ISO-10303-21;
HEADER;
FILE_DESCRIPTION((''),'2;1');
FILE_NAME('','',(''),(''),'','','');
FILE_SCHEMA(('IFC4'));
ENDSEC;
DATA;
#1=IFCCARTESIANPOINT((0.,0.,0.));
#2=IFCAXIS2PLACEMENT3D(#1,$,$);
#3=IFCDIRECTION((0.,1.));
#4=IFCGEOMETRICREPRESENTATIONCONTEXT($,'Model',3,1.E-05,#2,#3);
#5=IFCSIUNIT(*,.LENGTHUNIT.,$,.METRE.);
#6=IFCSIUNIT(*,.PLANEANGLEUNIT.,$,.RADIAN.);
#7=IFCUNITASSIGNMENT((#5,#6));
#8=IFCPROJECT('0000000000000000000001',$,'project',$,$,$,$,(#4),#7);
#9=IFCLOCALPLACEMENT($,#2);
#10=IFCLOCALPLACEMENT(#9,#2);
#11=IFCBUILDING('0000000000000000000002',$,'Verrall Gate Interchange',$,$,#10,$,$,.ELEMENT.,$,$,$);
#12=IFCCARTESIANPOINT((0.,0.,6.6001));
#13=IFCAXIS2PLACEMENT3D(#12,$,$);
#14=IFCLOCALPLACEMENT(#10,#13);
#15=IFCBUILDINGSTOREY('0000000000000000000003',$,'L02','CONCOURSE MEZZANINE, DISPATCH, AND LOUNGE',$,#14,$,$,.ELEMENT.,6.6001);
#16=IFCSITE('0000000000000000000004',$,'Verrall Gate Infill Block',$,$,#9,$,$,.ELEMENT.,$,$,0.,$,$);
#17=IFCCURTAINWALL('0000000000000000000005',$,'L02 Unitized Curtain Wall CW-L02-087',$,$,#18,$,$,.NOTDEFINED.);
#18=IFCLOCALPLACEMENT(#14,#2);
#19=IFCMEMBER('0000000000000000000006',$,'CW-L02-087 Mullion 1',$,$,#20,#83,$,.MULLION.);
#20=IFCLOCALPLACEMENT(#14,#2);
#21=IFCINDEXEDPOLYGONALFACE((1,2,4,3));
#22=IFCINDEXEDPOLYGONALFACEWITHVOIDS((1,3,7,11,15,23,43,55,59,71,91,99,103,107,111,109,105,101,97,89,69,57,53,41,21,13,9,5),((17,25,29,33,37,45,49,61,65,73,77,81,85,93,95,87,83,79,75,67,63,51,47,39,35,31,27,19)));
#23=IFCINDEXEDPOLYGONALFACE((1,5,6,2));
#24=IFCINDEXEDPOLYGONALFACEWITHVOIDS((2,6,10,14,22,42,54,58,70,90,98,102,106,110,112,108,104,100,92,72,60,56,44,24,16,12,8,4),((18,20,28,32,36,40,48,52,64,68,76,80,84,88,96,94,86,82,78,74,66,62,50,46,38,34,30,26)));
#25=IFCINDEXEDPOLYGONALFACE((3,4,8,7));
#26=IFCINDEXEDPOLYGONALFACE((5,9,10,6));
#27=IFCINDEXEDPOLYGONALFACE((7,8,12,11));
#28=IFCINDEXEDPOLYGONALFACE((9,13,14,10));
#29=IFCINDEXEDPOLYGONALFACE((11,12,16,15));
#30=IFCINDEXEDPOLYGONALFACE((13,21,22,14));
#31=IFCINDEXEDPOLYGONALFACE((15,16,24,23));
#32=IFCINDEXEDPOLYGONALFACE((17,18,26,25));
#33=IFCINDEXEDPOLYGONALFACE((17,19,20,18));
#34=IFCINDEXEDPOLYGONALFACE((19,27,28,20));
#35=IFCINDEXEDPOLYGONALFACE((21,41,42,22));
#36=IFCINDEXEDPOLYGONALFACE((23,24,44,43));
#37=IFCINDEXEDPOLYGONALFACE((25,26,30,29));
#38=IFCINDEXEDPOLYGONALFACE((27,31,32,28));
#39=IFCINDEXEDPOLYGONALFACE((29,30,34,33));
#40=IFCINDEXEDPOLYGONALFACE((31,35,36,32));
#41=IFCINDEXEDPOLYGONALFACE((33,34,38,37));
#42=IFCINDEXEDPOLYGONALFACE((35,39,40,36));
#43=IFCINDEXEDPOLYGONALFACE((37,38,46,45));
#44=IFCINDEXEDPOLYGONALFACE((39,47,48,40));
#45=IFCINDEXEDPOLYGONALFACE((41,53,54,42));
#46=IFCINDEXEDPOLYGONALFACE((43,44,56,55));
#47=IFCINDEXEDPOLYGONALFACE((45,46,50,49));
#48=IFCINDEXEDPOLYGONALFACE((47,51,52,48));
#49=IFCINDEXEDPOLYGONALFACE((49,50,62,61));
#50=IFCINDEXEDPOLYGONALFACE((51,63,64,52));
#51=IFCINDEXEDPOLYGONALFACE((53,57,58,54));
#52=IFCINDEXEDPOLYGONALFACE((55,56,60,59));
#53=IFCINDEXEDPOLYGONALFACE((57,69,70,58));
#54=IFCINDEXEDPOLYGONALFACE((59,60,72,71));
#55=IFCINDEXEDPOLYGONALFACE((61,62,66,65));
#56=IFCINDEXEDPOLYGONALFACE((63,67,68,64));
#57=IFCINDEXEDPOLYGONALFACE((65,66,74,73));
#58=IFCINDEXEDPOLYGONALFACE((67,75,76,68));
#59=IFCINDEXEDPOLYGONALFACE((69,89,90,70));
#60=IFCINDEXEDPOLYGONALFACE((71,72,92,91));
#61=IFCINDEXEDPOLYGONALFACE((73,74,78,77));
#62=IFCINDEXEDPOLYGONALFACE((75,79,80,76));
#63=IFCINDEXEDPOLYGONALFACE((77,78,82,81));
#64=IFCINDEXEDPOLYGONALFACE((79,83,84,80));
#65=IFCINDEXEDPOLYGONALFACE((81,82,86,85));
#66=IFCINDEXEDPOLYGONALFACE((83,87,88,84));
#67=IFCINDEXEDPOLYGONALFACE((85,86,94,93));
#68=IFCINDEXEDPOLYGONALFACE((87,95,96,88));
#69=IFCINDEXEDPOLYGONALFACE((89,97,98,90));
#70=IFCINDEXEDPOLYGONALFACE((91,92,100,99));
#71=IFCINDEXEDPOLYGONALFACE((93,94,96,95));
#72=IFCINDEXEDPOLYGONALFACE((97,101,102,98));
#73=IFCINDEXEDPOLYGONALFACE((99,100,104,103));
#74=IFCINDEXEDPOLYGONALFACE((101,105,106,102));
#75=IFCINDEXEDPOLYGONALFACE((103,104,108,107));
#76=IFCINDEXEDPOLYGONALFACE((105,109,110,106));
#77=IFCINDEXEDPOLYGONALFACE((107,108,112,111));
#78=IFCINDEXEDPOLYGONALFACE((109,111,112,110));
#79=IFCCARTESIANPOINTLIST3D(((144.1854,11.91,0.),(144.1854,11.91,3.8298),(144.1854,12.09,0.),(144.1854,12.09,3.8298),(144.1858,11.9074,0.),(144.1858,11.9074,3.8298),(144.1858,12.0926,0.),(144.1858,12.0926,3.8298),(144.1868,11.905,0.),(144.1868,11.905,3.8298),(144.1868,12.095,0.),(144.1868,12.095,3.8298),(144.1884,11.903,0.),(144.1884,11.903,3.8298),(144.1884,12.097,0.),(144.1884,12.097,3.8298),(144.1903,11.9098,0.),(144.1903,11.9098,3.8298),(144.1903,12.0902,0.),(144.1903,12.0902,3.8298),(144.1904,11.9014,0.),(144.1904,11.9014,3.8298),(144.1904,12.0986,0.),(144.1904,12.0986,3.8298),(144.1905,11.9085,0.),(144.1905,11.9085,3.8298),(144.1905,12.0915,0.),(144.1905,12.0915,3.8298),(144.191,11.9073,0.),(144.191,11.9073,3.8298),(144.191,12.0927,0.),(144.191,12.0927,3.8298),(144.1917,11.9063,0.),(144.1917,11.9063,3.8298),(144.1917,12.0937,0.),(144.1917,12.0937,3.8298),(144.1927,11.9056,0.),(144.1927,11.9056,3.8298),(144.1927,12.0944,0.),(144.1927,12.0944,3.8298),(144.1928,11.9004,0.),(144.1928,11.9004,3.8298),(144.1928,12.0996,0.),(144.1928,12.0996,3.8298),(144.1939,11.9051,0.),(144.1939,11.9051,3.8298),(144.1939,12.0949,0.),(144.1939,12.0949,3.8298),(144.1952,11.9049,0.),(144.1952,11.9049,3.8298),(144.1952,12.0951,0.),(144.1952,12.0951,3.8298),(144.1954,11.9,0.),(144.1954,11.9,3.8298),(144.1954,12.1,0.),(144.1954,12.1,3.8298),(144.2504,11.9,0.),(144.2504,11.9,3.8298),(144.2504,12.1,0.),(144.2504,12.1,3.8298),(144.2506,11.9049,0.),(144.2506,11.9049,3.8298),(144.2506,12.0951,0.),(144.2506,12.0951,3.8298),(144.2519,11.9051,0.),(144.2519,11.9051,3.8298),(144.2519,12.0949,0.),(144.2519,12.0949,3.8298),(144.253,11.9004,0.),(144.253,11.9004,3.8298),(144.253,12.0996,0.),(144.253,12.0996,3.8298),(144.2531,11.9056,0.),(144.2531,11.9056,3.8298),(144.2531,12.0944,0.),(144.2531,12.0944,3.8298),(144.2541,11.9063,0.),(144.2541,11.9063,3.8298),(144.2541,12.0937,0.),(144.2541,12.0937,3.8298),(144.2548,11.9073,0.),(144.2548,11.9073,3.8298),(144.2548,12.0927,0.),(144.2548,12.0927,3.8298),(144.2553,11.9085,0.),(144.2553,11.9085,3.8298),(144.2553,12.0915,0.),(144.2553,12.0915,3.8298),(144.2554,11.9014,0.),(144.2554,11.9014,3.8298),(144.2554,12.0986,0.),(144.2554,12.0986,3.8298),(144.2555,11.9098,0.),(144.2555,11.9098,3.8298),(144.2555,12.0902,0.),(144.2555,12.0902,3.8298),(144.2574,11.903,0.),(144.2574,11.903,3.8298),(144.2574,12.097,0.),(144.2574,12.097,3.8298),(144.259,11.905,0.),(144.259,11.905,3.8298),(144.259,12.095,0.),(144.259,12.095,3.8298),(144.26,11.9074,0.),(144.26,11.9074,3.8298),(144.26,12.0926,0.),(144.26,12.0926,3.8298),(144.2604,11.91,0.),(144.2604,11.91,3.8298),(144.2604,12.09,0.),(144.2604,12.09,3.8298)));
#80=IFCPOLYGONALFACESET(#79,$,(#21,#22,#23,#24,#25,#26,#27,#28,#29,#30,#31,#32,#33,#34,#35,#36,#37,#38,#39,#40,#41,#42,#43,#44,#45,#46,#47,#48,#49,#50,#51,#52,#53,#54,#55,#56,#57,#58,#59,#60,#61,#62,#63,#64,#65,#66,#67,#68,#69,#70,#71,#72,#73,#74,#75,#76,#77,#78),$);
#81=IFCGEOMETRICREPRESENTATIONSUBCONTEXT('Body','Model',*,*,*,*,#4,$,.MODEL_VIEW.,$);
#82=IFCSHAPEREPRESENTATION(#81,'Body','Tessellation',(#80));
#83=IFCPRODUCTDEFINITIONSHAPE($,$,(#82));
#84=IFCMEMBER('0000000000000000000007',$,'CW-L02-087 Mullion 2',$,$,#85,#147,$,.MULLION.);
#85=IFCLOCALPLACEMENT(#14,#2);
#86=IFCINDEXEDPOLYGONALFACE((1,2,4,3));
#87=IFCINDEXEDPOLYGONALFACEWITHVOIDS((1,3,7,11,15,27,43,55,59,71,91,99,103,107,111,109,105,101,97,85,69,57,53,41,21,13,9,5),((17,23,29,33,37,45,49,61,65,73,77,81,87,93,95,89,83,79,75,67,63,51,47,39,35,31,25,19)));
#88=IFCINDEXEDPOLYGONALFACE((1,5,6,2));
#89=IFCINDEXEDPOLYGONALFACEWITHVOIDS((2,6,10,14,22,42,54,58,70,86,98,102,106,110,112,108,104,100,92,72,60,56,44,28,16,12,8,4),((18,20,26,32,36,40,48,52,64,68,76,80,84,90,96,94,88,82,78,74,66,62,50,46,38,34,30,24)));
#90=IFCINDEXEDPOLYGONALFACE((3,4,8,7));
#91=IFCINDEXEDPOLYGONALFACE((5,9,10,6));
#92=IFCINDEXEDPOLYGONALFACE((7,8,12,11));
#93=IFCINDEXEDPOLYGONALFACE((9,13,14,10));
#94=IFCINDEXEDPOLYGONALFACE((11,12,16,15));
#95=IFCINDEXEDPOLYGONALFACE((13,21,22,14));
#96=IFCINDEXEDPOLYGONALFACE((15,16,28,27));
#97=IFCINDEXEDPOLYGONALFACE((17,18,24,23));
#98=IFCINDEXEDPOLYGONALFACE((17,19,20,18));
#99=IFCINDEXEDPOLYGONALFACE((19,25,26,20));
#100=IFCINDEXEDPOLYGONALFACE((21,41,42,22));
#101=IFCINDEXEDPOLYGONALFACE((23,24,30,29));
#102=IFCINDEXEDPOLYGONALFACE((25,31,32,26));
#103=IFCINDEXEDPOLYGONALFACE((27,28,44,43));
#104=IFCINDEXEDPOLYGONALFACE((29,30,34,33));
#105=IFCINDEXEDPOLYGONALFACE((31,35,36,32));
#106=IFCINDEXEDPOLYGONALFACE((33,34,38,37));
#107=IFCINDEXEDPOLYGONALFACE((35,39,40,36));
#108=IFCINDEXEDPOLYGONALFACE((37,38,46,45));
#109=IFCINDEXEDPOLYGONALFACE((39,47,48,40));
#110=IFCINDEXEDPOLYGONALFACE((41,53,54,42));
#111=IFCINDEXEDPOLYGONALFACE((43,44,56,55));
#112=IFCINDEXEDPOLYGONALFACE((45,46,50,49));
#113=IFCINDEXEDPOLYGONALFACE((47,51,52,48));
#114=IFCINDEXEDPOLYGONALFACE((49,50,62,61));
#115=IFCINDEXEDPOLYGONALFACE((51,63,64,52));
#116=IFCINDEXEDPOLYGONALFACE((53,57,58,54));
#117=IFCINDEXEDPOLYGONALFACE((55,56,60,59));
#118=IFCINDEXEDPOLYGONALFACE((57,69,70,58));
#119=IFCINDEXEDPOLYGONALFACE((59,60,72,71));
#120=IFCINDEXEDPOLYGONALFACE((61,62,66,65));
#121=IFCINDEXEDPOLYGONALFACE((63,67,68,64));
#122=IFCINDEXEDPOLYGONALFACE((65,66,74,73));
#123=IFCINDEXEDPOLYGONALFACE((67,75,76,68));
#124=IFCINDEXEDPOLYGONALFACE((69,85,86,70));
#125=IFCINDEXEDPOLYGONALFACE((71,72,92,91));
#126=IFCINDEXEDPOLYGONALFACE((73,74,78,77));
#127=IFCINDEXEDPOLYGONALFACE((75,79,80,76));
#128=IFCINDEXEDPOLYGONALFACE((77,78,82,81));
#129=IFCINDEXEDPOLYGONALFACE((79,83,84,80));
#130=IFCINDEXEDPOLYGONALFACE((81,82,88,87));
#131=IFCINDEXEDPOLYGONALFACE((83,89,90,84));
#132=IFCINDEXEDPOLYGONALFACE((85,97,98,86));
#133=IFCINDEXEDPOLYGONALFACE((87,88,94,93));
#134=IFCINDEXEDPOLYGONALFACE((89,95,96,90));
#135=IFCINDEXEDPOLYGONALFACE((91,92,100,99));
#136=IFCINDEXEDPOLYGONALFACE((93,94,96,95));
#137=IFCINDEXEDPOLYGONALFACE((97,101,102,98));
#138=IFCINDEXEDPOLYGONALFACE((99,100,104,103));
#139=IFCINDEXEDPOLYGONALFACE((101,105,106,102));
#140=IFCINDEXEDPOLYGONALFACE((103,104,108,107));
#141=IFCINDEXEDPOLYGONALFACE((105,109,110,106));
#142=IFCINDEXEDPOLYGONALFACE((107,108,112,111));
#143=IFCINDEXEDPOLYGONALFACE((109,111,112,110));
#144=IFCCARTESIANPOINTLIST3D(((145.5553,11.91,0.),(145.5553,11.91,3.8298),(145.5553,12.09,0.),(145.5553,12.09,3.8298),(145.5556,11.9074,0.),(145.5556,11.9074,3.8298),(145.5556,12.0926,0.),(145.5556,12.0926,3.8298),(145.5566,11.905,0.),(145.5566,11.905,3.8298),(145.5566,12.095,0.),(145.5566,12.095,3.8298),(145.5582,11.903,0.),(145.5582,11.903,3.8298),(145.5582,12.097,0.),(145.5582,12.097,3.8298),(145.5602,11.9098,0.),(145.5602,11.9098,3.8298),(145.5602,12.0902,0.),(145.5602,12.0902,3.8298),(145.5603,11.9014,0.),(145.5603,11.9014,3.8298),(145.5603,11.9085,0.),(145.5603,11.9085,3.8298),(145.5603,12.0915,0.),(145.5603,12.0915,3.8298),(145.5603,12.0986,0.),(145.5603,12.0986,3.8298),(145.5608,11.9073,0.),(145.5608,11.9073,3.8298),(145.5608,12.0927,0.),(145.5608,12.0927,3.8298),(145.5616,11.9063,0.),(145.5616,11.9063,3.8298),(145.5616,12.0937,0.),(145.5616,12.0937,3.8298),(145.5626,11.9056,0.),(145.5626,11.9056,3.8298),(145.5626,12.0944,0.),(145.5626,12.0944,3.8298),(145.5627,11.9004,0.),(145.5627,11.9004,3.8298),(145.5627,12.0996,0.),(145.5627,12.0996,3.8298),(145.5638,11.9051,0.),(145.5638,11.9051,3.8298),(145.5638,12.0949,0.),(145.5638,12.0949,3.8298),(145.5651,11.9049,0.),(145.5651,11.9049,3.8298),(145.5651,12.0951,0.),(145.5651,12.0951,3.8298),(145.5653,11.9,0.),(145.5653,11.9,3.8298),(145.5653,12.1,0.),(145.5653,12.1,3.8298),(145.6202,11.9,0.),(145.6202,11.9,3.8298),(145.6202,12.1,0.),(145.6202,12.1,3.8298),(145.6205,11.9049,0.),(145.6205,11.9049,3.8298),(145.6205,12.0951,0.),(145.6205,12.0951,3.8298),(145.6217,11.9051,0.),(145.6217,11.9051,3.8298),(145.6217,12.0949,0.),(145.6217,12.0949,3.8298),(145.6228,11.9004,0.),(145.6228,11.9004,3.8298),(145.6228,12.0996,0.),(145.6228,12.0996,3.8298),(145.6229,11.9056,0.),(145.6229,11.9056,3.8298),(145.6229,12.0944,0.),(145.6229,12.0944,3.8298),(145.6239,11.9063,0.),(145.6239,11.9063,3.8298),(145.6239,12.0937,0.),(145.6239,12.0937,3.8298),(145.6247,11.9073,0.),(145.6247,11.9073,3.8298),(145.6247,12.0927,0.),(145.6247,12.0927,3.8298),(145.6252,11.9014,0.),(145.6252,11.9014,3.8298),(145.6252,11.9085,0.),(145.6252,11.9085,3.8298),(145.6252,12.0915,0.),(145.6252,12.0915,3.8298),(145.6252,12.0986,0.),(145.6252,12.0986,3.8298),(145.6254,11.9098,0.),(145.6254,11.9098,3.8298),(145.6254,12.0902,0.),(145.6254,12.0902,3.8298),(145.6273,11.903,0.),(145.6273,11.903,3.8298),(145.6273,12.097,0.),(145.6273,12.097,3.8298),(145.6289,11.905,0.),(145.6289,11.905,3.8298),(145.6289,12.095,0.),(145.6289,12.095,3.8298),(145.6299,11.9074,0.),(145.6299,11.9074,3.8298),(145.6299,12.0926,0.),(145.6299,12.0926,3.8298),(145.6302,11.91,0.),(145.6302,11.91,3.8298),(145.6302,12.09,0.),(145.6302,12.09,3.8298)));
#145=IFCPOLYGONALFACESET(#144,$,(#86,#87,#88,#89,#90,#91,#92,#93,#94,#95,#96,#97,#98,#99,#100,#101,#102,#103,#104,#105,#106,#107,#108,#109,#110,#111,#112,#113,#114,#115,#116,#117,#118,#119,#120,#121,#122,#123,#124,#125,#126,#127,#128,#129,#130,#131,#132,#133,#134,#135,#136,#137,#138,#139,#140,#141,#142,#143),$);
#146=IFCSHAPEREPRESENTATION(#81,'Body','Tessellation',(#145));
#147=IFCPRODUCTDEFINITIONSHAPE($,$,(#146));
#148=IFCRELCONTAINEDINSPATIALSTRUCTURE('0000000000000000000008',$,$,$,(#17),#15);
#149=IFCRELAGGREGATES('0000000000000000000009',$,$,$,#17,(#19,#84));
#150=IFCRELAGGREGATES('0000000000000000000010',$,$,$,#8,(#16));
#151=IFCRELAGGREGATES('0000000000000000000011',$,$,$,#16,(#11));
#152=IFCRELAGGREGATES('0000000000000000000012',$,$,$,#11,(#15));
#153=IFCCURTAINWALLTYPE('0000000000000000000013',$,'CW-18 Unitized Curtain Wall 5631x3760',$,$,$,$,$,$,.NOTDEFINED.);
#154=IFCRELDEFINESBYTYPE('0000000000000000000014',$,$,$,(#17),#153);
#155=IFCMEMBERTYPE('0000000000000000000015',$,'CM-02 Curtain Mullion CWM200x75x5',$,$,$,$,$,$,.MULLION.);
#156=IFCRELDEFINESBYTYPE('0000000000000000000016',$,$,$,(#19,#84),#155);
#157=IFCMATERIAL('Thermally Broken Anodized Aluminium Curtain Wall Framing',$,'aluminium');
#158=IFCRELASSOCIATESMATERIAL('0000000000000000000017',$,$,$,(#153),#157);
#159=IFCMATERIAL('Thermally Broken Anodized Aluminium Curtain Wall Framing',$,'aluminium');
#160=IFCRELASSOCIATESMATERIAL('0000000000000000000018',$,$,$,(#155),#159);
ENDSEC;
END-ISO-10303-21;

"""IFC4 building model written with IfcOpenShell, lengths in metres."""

from ifc_helpers import new_model, si_unit, direction, frame, origin, origin_2d, place, context, subcontext, project, spatial, hollow_rectangle, extrude, material, material_profile, profile_set, type_object, element, aggregate, save


model = new_model("IFC4")

# Units and contexts
model_context = context("Model", 3, precision=1e-05, world=origin(), true_north=direction((0.0, 1.0)))
body_context = subcontext(model_context, "Body", "Model", "MODEL_VIEW")
ifc_project = project(units=[si_unit("LENGTHUNIT", "METRE"), si_unit("PLANEANGLEUNIT", "RADIAN")], contexts=[model_context])

# Site, building, storey
site_placement = place(None, origin())
site = spatial("IfcSite", under=ifc_project, at=site_placement, Name="Verrall Gate Infill Block", CompositionType="ELEMENT", RefElevation=0.0)
building_placement = place(site_placement, origin())
building = spatial("IfcBuilding", under=site, at=building_placement, Name="Verrall Gate Interchange", CompositionType="ELEMENT")
storey_placement = place(building_placement, frame((0.0, 0.0, 6.6001)))
storey = spatial("IfcBuildingStorey", under=building, at=storey_placement, Name="L02", Description="CONCOURSE MEZZANINE, DISPATCH, AND LOUNGE", CompositionType="ELEMENT", Elevation=6.6001)

# Curtain wall, members
ifc_material_1 = material(Name="Thermally Broken Anodized Aluminium Curtain Wall Framing", Category="aluminium")
curtain_wall_type = type_object("IfcCurtainWallType", Name="CW-18 Unitized Curtain Wall 5631x3760", PredefinedType="NOTDEFINED", material=ifc_material_1)
curtain_wall_1_placement = place(storey_placement, origin())
curtain_wall_1 = element("IfcCurtainWall", 1, at=curtain_wall_1_placement, inside=storey, type_object=curtain_wall_type, Name="L02 Unitized Curtain Wall CW-L02-087", PredefinedType="NOTDEFINED")
ifc_material_2 = material(Name="Thermally Broken Anodized Aluminium Curtain Wall Framing", Category="aluminium")
ifc_material_profile_1 = material_profile(ifc_material_2, hollow_rectangle(XDim=0.075, YDim=0.2, WallThickness=0.0049, InnerFilletRadius=0.0049, OuterFilletRadius=0.01, at=origin_2d()), Name="CWM200x75x5")
ifc_profile_set_1 = profile_set([ifc_material_profile_1], Name="Thermally Broken Anodized Aluminium Curtain Wall Framing")
member_type_1 = type_object("IfcMemberType", Name="CM-02 Curtain Mullion CWM200x75x5", PredefinedType="MULLION", material=ifc_profile_set_1)
member_1_placement = place(storey_placement, frame((144.2229, 12.0, 0.0), z_axis=(0.0, 0.0, 1.0), x_axis=(1.0, 0.0, 0.0)))
member_1 = element("IfcMember", 2, at=member_1_placement, type_object=member_type_1, Name="CW-L02-087 Mullion 1", PredefinedType="MULLION", context=body_context, shape_type="SweptSolid", body=[
    extrude(hollow_rectangle(XDim=0.075, YDim=0.2, WallThickness=0.0049, InnerFilletRadius=0.0049, OuterFilletRadius=0.01, at=origin_2d()), origin(), (0.0, 0.0, 1.0), 3.8298),
])
member_2_placement = place(storey_placement, frame((145.5928, 12.0, 0.0), z_axis=(0.0, 0.0, 1.0), x_axis=(1.0, 0.0, 0.0)))
member_2 = element("IfcMember", 3, at=member_2_placement, type_object=member_type_1, Name="CW-L02-087 Mullion 2", PredefinedType="MULLION", context=body_context, shape_type="SweptSolid", body=[
    extrude(hollow_rectangle(XDim=0.075, YDim=0.2, WallThickness=0.0049, InnerFilletRadius=0.0049, OuterFilletRadius=0.01, at=origin_2d()), origin(), (0.0, 0.0, 1.0), 3.8298),
])

aggregate(curtain_wall_1, [member_1, member_2])

save(model, "model.ifc")
